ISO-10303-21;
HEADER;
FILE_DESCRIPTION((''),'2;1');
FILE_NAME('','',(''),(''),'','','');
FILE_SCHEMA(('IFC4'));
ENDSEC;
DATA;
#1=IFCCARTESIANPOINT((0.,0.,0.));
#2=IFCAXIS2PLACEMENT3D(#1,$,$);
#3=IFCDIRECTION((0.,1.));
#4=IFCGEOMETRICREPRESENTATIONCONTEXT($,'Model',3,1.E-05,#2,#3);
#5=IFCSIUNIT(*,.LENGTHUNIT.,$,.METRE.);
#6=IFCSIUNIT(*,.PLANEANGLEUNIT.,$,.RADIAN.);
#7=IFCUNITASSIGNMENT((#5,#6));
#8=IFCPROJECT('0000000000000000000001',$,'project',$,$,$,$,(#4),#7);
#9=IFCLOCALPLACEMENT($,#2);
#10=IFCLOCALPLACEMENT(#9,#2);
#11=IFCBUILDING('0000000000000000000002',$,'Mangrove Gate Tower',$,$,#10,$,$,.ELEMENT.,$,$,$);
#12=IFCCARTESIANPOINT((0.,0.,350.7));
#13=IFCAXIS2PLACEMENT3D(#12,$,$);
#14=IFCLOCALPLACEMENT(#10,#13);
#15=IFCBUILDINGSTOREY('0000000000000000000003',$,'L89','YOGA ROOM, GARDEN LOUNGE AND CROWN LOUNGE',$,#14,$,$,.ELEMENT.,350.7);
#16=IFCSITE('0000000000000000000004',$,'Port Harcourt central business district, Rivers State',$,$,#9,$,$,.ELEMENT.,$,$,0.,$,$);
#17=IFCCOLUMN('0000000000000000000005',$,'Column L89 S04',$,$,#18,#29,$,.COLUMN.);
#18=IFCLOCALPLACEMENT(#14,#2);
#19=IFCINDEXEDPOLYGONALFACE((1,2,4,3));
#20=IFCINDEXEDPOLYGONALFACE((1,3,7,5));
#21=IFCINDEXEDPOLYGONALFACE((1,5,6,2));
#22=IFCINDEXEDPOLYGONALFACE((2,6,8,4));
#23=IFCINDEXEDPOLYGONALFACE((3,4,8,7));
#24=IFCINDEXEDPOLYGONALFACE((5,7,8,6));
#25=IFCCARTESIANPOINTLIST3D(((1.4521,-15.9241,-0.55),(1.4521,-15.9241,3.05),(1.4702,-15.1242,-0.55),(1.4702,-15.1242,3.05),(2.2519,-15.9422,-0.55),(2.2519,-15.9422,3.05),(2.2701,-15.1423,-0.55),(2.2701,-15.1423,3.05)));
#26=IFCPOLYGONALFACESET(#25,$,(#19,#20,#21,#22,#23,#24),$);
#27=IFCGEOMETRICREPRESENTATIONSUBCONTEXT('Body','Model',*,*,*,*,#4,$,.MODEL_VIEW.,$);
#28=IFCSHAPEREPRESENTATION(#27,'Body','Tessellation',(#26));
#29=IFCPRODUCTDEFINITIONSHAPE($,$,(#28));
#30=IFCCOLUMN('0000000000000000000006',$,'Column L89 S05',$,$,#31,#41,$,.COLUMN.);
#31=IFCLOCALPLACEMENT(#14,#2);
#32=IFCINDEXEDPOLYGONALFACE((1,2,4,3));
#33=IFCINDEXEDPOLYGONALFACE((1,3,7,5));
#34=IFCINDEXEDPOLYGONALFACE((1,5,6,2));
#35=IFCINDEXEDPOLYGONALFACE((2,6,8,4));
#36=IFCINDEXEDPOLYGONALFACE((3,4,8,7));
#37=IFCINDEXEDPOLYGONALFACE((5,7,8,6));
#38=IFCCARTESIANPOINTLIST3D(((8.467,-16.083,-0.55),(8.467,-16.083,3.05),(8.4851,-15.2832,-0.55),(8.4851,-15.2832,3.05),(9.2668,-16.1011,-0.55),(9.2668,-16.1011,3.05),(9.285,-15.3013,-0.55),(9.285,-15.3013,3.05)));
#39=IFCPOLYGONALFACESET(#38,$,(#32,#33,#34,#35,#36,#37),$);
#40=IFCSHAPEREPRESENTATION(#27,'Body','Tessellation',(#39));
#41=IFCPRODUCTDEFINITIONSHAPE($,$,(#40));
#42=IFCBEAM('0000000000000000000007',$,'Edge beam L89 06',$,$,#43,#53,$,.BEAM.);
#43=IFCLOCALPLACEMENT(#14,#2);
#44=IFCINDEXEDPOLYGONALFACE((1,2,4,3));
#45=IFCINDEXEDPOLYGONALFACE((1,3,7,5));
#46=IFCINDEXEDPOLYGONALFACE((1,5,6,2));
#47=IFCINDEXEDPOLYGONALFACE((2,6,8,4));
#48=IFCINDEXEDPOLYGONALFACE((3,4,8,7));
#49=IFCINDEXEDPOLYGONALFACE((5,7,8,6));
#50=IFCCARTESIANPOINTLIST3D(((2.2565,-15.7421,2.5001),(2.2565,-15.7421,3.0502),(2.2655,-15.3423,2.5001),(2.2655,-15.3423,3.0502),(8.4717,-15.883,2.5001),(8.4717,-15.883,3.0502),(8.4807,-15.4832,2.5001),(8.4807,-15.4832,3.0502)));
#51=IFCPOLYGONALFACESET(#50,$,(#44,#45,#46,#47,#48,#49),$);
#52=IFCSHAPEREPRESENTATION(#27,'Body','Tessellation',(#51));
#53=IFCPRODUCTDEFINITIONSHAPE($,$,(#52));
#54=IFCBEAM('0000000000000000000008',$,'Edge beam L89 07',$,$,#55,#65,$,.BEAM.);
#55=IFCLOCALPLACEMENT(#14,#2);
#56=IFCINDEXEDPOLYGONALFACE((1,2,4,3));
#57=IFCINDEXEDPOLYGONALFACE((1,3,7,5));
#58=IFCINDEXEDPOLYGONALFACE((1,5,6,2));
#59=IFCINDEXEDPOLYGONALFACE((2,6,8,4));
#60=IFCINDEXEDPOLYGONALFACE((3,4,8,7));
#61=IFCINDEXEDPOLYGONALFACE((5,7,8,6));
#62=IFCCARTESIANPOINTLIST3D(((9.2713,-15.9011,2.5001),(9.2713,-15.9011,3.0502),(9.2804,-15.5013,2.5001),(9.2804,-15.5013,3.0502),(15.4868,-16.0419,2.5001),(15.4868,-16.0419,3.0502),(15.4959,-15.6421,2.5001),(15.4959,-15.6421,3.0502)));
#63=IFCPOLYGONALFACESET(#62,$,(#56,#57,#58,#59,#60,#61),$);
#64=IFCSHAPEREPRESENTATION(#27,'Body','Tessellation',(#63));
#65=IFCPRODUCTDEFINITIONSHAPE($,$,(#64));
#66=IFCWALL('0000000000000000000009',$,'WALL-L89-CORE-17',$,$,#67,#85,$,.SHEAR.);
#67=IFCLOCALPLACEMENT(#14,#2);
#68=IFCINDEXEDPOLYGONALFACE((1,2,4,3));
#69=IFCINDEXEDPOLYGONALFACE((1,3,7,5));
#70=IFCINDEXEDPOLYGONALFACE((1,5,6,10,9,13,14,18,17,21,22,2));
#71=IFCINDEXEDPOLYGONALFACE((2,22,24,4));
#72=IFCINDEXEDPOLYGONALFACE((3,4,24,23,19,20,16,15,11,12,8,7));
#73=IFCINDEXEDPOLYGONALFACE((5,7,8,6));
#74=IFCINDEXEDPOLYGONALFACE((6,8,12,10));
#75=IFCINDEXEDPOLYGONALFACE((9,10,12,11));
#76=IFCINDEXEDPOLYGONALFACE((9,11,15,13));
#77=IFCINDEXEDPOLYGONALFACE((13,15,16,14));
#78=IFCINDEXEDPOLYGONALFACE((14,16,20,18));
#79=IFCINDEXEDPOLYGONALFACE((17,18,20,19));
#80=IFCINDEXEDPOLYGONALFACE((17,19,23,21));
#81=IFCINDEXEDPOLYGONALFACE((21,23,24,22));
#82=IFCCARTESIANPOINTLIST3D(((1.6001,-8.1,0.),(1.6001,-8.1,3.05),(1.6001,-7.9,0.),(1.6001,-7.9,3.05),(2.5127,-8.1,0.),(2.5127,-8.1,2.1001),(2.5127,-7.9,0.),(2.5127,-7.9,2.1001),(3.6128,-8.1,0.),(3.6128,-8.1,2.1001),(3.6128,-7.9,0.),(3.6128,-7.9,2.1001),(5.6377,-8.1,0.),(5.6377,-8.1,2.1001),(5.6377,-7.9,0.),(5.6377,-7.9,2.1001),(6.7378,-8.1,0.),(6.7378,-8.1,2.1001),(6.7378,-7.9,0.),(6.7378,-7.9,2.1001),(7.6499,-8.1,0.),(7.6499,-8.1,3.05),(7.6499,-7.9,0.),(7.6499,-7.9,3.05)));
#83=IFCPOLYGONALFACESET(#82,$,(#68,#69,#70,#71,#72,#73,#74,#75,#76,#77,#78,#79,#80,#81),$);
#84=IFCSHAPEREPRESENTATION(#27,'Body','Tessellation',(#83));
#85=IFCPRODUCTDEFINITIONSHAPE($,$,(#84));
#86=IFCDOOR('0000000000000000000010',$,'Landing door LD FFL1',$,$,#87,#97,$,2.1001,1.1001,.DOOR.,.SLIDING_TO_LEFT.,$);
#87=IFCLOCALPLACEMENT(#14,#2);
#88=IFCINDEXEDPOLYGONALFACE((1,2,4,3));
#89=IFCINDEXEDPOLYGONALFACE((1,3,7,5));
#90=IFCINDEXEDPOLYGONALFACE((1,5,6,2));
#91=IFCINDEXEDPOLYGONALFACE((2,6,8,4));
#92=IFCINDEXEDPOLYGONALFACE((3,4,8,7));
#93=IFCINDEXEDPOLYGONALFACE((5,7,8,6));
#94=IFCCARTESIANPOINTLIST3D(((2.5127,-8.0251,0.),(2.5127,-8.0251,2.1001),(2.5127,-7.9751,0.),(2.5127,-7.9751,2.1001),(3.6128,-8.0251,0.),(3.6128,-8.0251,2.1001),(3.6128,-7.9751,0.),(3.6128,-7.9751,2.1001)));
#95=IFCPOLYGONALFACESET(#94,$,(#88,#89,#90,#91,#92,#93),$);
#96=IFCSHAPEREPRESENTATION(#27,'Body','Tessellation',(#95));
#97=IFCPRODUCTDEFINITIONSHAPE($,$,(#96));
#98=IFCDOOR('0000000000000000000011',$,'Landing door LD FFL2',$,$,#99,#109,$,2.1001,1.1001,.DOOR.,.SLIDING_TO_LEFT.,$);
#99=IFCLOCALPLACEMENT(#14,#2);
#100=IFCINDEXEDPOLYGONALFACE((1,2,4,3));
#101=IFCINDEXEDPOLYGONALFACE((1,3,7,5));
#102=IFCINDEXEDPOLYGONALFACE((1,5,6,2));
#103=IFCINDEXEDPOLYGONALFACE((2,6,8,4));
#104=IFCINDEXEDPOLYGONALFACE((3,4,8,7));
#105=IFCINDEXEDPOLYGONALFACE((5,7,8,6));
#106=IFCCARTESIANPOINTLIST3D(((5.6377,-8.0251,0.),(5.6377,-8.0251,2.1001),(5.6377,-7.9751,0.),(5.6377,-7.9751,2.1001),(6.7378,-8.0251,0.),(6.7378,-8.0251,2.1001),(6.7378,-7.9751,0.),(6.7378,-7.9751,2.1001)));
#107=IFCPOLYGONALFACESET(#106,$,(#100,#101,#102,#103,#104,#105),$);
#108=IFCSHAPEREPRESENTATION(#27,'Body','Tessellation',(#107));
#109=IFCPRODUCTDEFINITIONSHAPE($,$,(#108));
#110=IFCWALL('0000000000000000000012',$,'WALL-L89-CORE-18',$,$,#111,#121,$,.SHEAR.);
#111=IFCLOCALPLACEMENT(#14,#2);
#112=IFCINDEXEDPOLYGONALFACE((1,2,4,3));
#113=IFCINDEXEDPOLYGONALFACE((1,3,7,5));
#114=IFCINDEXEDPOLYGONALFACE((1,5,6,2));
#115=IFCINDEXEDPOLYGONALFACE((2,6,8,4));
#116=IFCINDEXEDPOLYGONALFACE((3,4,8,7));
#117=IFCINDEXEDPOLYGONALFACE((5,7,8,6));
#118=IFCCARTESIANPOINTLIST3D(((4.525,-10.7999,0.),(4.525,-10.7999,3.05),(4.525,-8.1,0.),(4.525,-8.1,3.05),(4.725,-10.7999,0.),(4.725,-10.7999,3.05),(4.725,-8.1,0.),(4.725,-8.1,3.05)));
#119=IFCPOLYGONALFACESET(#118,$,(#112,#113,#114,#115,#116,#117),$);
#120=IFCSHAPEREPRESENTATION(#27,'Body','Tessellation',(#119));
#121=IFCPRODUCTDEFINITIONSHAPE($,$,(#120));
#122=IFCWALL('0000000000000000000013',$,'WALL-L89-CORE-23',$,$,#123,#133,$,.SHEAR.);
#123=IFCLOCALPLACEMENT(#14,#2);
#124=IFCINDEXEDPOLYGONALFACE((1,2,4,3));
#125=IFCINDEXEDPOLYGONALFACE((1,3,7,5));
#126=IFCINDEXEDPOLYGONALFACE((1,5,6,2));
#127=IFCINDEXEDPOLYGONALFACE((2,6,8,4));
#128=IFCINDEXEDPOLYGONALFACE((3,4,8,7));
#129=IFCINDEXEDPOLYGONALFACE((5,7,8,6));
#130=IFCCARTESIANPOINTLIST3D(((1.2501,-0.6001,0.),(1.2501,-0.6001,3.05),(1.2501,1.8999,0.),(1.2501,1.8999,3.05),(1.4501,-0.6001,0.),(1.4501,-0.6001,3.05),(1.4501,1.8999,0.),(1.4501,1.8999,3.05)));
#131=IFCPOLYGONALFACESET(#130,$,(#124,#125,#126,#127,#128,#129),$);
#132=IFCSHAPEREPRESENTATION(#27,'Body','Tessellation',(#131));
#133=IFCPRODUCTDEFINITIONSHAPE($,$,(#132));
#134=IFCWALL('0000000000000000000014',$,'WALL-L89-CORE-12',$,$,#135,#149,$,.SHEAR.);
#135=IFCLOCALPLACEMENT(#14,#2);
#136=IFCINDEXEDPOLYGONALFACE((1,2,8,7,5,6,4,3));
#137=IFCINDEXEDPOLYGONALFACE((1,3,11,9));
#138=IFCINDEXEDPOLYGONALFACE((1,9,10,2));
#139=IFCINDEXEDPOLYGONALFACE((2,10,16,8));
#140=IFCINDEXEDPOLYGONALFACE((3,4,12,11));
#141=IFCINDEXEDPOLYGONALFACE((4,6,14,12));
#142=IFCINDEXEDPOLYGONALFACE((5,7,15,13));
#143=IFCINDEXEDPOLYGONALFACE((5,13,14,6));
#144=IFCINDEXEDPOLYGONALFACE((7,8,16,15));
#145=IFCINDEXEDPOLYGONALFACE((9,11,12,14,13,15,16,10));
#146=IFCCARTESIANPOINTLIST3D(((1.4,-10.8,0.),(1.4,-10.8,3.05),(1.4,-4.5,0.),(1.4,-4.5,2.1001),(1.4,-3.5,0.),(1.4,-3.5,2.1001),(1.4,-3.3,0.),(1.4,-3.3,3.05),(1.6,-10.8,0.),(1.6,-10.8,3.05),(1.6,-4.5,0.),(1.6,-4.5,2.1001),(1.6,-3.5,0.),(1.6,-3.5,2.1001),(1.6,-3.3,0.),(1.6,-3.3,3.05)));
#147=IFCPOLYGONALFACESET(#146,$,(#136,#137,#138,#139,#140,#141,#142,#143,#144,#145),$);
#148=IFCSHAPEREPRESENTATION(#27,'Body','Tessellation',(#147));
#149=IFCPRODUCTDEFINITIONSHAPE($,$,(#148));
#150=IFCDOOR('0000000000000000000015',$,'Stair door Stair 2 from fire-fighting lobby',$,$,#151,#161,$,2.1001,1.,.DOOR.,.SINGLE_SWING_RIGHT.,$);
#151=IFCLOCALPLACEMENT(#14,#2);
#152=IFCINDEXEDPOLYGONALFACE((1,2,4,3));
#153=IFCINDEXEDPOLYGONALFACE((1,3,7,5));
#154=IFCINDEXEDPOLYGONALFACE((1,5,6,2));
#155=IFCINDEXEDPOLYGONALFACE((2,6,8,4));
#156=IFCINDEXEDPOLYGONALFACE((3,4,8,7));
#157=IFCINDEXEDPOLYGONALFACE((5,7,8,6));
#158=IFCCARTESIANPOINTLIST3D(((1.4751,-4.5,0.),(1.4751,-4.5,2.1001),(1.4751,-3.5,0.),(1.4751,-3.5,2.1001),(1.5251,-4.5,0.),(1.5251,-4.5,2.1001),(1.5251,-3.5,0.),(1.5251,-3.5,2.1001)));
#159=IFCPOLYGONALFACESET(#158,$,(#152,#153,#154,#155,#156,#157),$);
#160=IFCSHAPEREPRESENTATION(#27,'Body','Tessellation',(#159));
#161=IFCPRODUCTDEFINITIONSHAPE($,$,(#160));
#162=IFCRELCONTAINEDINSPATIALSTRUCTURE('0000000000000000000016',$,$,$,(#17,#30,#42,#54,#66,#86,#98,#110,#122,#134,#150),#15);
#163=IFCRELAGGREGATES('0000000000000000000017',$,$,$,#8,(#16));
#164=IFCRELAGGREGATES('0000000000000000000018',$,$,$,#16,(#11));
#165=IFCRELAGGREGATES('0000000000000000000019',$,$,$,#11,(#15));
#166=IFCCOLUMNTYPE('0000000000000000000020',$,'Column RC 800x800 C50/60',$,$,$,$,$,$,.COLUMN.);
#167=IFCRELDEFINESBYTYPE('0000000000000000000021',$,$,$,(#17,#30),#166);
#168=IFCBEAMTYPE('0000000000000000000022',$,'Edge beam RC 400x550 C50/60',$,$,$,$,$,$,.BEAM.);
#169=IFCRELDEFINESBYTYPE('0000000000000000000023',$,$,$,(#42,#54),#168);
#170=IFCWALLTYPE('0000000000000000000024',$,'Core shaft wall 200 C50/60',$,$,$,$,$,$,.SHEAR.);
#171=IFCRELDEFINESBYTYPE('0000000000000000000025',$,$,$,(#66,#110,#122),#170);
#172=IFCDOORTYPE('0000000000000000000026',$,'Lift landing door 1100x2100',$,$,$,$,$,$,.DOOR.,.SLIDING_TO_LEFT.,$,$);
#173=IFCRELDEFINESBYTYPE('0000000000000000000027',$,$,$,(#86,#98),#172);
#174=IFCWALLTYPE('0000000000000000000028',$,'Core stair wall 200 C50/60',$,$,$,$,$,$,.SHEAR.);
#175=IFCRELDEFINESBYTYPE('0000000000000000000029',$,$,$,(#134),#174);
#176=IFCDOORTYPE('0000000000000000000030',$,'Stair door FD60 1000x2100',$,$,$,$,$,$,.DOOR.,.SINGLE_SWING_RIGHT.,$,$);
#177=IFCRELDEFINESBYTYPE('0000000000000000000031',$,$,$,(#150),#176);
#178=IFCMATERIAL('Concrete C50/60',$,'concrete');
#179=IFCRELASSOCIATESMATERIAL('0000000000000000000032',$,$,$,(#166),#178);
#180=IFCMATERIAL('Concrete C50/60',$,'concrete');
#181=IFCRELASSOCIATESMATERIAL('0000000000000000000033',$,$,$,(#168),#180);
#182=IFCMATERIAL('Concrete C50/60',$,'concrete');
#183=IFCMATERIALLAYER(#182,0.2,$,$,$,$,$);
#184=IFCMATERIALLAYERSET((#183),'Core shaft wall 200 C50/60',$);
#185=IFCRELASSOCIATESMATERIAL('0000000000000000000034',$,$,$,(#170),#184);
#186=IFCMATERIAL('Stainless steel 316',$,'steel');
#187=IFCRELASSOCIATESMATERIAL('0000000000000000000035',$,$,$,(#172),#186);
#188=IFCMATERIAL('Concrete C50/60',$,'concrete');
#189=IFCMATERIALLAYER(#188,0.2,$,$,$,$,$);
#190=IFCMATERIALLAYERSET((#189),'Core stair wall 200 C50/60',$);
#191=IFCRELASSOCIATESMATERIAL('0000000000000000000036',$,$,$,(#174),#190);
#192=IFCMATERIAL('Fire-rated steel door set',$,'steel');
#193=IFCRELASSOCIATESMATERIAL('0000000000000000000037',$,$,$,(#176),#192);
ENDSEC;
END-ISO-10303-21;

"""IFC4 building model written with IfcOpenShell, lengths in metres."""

from ifc_helpers import new_model, si_unit, direction, frame, frame_2d, origin, origin_2d, place, context, subcontext, project, spatial, rectangle, extrude, material, layer, layer_set, material_profile, profile_set, type_object, element, fill, save


model = new_model("IFC4")

# Units and contexts
model_context = context("Model", 3, precision=1e-05, world=origin(), true_north=direction((0.0, 1.0)))
body_context = subcontext(model_context, "Body", "Model", "MODEL_VIEW")
ifc_project = project(units=[si_unit("LENGTHUNIT", "METRE"), si_unit("PLANEANGLEUNIT", "RADIAN")], contexts=[model_context])

# Site, building, storey
site_placement = place(None, origin())
site = spatial("IfcSite", under=ifc_project, at=site_placement, Name="Port Harcourt central business district, Rivers State", CompositionType="ELEMENT", RefElevation=0.0)
building_placement = place(site_placement, origin())
building = spatial("IfcBuilding", under=site, at=building_placement, Name="Mangrove Gate Tower", CompositionType="ELEMENT")
storey_placement = place(building_placement, frame((0.0, 0.0, 350.7)))
storey = spatial("IfcBuildingStorey", under=building, at=storey_placement, Name="L89", Description="YOGA ROOM, GARDEN LOUNGE AND CROWN LOUNGE", CompositionType="ELEMENT", Elevation=350.7)

# Columns
ifc_material_1 = material(Name="Concrete C50/60", Category="concrete")
ifc_material_profile_1 = material_profile(ifc_material_1, rectangle(XDim=0.8, YDim=0.8, at=origin_2d()))
ifc_profile_set_1 = profile_set([ifc_material_profile_1], Name="Concrete C50/60")
column_type = type_object("IfcColumnType", Name="Column RC 800x800 C50/60", PredefinedType="COLUMN", material=ifc_profile_set_1)
for number, where, z_axis, x_axis, name in (
    (1, (1.8611, -15.5332, -0.55), (0.0, 0.0, 1.0), (0.999743, -0.02266, 0.0), "Column L89 S04"),
    (2, (8.876, -15.6921, -0.55), (0.0, 0.0, 1.0), (0.999743, -0.02266, 0.0), "Column L89 S05"),
):
    element("IfcColumn", number, at=place(storey_placement, frame(where, z_axis=z_axis, x_axis=x_axis)), inside=storey, type_object=column_type, Name=name, PredefinedType="COLUMN", context=body_context, shape_type="SweptSolid", body=[
        extrude(rectangle(XDim=0.8, YDim=0.8, at=origin_2d()), origin(), (0.0, 0.0, 1.0), 3.6001),
    ])

# Beams
ifc_material_2 = material(Name="Concrete C50/60", Category="concrete")
ifc_material_profile_2 = material_profile(ifc_material_2, rectangle(XDim=0.3999, YDim=0.55, at=origin_2d()))
ifc_profile_set_2 = profile_set([ifc_material_profile_2], Name="Concrete C50/60")
beam_type = type_object("IfcBeamType", Name="Edge beam RC 400x550 C50/60", PredefinedType="BEAM", material=ifc_profile_set_2)
beam_1_placement = place(storey_placement, frame((2.261, -15.5422, 2.7751), z_axis=(0.999743, -0.02266, 0.0), x_axis=(0.02266, 0.999743, 0.0)))
element("IfcBeam", 3, at=beam_1_placement, inside=storey, type_object=beam_type, Name="Edge beam L89 06", PredefinedType="BEAM", context=body_context, shape_type="SweptSolid", body=[
    extrude(rectangle(XDim=0.3999, YDim=0.55, at=origin_2d()), origin(), (0.0, 0.0, 1.0), 6.2168),
])
beam_2_placement = place(storey_placement, frame((9.2759, -15.7012, 2.7751), z_axis=(0.999743, -0.022659, 0.0), x_axis=(0.022659, 0.999743, 0.0)))
element("IfcBeam", 4, at=beam_2_placement, inside=storey, type_object=beam_type, Name="Edge beam L89 07", PredefinedType="BEAM", context=body_context, shape_type="SweptSolid", body=[
    extrude(rectangle(XDim=0.3999, YDim=0.55, at=origin_2d()), origin(), (0.0, 0.0, 1.0), 6.217),
])

# Wall, openings, doors
ifc_material_3 = material(Name="Concrete C50/60", Category="concrete")
ifc_layer_1 = layer(ifc_material_3, 0.2)
ifc_layer_set_1 = layer_set([ifc_layer_1], Name="Core shaft wall 200 C50/60")
wall_type_1 = type_object("IfcWallType", Name="Core shaft wall 200 C50/60", PredefinedType="SHEAR", material=ifc_layer_set_1)
wall_1_placement = place(storey_placement, frame((1.6001, -8.0, 0.0), z_axis=(0.0, 0.0, 1.0), x_axis=(1.0, 0.0, 0.0)))
wall_1 = element("IfcWall", 5, at=wall_1_placement, inside=storey, type_object=wall_type_1, Name="WALL-L89-CORE-17", PredefinedType="SHEAR", context=body_context, shape_type="SweptSolid", body=[
    extrude(rectangle(XDim=6.0498, YDim=0.2, at=frame_2d((3.0249, 0.0))), origin(), (0.0, 0.0, 1.0), 3.05),
])
opening_1_placement = place(wall_1_placement, frame((0.9126, 0.0, 0.0)))
opening_1 = element("IfcOpeningElement", 6, at=opening_1_placement, cuts=wall_1, PredefinedType="OPENING", context=body_context, shape_type="SweptSolid", body=[
    extrude(rectangle(XDim=1.1001, YDim=2.1001, at=frame_2d((0.55, 1.05))), frame((0.0, 0.1099, 0.0), z_axis=(0.0, -1.0, 0.0), x_axis=(1.0, 0.0, 0.0)), (0.0, 0.0, 1.0), 0.22),
])
opening_2_placement = place(wall_1_placement, frame((4.0376, 0.0, 0.0)))
opening_2 = element("IfcOpeningElement", 7, at=opening_2_placement, cuts=wall_1, PredefinedType="OPENING", context=body_context, shape_type="SweptSolid", body=[
    extrude(rectangle(XDim=1.1001, YDim=2.1001, at=frame_2d((0.55, 1.05))), frame((0.0, 0.1099, 0.0), z_axis=(0.0, -1.0, 0.0), x_axis=(1.0, 0.0, 0.0)), (0.0, 0.0, 1.0), 0.22),
])
ifc_material_4 = material(Name="Stainless steel 316", Category="steel")
door_type_1 = type_object("IfcDoorType", Name="Lift landing door 1100x2100", OperationType="SLIDING_TO_LEFT", PredefinedType="DOOR", material=ifc_material_4)
door_1_placement = place(opening_1_placement, origin())
door_1 = element("IfcDoor", 8, at=door_1_placement, inside=storey, type_object=door_type_1, Name="Landing door LD FFL1", OperationType="SLIDING_TO_LEFT", OverallHeight=2.1001, OverallWidth=1.1001, PredefinedType="DOOR", context=body_context, shape_type="SweptSolid", body=[
    extrude(rectangle(XDim=1.1001, YDim=2.1001, at=frame_2d((0.55, 1.05))), frame((0.0, 0.0249, 0.0), z_axis=(0.0, -1.0, 0.0), x_axis=(1.0, 0.0, 0.0)), (0.0, 0.0, 1.0), 0.05),
])
fill(opening_1, door_1)
door_2_placement = place(opening_2_placement, origin())
door_2 = element("IfcDoor", 9, at=door_2_placement, inside=storey, type_object=door_type_1, Name="Landing door LD FFL2", OperationType="SLIDING_TO_LEFT", OverallHeight=2.1001, OverallWidth=1.1001, PredefinedType="DOOR", context=body_context, shape_type="SweptSolid", body=[
    extrude(rectangle(XDim=1.1001, YDim=2.1001, at=frame_2d((0.55, 1.05))), frame((0.0, 0.0249, 0.0), z_axis=(0.0, -1.0, 0.0), x_axis=(1.0, 0.0, 0.0)), (0.0, 0.0, 1.0), 0.05),
])
fill(opening_2, door_2)

# Walls
wall_2_placement = place(storey_placement, frame((4.625, -10.8, 0.0), z_axis=(0.0, 0.0, 1.0), x_axis=(0.0, 1.0, 0.0)))
element("IfcWall", 10, at=wall_2_placement, inside=storey, type_object=wall_type_1, Name="WALL-L89-CORE-18", PredefinedType="SHEAR", context=body_context, shape_type="SweptSolid", body=[
    extrude(rectangle(XDim=2.7, YDim=0.2, at=frame_2d((1.3501, 0.0))), origin(), (0.0, 0.0, 1.0), 3.05),
])
wall_3_placement = place(storey_placement, frame((1.3501, -0.6001, 0.0), z_axis=(0.0, 0.0, 1.0), x_axis=(0.0, 1.0, 0.0)))
element("IfcWall", 11, at=wall_3_placement, inside=storey, type_object=wall_type_1, Name="WALL-L89-CORE-23", PredefinedType="SHEAR", context=body_context, shape_type="SweptSolid", body=[
    extrude(rectangle(XDim=2.5, YDim=0.2, at=frame_2d((1.25, 0.0))), origin(), (0.0, 0.0, 1.0), 3.05),
])

# Wall, opening, door
ifc_material_5 = material(Name="Concrete C50/60", Category="concrete")
ifc_layer_2 = layer(ifc_material_5, 0.2)
ifc_layer_set_2 = layer_set([ifc_layer_2], Name="Core stair wall 200 C50/60")
wall_type_2 = type_object("IfcWallType", Name="Core stair wall 200 C50/60", PredefinedType="SHEAR", material=ifc_layer_set_2)
wall_4_placement = place(storey_placement, frame((1.5, -10.8, 0.0), z_axis=(0.0, 0.0, 1.0), x_axis=(0.0, 1.0, 0.0)))
wall_4 = element("IfcWall", 12, at=wall_4_placement, inside=storey, type_object=wall_type_2, Name="WALL-L89-CORE-12", PredefinedType="SHEAR", context=body_context, shape_type="SweptSolid", body=[
    extrude(rectangle(XDim=7.5, YDim=0.2, at=frame_2d((3.75, 0.0))), origin(), (0.0, 0.0, 1.0), 3.05),
])
opening_3_placement = place(wall_4_placement, frame((6.3, 0.0, 0.0)))
opening_3 = element("IfcOpeningElement", 13, at=opening_3_placement, cuts=wall_4, PredefinedType="OPENING", context=body_context, shape_type="SweptSolid", body=[
    extrude(rectangle(XDim=1.0, YDim=2.1001, at=frame_2d((0.5, 1.05))), frame((0.0, 0.1099, 0.0), z_axis=(0.0, -1.0, 0.0), x_axis=(1.0, 0.0, 0.0)), (0.0, 0.0, 1.0), 0.22),
])
ifc_material_6 = material(Name="Fire-rated steel door set", Category="steel")
door_type_2 = type_object("IfcDoorType", Name="Stair door FD60 1000x2100", OperationType="SINGLE_SWING_RIGHT", PredefinedType="DOOR", material=ifc_material_6)
door_3_placement = place(opening_3_placement, origin())
door_3 = element("IfcDoor", 14, at=door_3_placement, inside=storey, type_object=door_type_2, Name="Stair door Stair 2 from fire-fighting lobby", OperationType="SINGLE_SWING_RIGHT", OverallHeight=2.1001, OverallWidth=1.0, PredefinedType="DOOR", context=body_context, shape_type="SweptSolid", body=[
    extrude(rectangle(XDim=1.0, YDim=2.1001, at=frame_2d((0.5, 1.05))), frame((0.0, 0.0249, 0.0), z_axis=(0.0, -1.0, 0.0), x_axis=(1.0, 0.0, 0.0)), (0.0, 0.0, 1.0), 0.05),
])
fill(opening_3, door_3)

save(model, "model.ifc")
